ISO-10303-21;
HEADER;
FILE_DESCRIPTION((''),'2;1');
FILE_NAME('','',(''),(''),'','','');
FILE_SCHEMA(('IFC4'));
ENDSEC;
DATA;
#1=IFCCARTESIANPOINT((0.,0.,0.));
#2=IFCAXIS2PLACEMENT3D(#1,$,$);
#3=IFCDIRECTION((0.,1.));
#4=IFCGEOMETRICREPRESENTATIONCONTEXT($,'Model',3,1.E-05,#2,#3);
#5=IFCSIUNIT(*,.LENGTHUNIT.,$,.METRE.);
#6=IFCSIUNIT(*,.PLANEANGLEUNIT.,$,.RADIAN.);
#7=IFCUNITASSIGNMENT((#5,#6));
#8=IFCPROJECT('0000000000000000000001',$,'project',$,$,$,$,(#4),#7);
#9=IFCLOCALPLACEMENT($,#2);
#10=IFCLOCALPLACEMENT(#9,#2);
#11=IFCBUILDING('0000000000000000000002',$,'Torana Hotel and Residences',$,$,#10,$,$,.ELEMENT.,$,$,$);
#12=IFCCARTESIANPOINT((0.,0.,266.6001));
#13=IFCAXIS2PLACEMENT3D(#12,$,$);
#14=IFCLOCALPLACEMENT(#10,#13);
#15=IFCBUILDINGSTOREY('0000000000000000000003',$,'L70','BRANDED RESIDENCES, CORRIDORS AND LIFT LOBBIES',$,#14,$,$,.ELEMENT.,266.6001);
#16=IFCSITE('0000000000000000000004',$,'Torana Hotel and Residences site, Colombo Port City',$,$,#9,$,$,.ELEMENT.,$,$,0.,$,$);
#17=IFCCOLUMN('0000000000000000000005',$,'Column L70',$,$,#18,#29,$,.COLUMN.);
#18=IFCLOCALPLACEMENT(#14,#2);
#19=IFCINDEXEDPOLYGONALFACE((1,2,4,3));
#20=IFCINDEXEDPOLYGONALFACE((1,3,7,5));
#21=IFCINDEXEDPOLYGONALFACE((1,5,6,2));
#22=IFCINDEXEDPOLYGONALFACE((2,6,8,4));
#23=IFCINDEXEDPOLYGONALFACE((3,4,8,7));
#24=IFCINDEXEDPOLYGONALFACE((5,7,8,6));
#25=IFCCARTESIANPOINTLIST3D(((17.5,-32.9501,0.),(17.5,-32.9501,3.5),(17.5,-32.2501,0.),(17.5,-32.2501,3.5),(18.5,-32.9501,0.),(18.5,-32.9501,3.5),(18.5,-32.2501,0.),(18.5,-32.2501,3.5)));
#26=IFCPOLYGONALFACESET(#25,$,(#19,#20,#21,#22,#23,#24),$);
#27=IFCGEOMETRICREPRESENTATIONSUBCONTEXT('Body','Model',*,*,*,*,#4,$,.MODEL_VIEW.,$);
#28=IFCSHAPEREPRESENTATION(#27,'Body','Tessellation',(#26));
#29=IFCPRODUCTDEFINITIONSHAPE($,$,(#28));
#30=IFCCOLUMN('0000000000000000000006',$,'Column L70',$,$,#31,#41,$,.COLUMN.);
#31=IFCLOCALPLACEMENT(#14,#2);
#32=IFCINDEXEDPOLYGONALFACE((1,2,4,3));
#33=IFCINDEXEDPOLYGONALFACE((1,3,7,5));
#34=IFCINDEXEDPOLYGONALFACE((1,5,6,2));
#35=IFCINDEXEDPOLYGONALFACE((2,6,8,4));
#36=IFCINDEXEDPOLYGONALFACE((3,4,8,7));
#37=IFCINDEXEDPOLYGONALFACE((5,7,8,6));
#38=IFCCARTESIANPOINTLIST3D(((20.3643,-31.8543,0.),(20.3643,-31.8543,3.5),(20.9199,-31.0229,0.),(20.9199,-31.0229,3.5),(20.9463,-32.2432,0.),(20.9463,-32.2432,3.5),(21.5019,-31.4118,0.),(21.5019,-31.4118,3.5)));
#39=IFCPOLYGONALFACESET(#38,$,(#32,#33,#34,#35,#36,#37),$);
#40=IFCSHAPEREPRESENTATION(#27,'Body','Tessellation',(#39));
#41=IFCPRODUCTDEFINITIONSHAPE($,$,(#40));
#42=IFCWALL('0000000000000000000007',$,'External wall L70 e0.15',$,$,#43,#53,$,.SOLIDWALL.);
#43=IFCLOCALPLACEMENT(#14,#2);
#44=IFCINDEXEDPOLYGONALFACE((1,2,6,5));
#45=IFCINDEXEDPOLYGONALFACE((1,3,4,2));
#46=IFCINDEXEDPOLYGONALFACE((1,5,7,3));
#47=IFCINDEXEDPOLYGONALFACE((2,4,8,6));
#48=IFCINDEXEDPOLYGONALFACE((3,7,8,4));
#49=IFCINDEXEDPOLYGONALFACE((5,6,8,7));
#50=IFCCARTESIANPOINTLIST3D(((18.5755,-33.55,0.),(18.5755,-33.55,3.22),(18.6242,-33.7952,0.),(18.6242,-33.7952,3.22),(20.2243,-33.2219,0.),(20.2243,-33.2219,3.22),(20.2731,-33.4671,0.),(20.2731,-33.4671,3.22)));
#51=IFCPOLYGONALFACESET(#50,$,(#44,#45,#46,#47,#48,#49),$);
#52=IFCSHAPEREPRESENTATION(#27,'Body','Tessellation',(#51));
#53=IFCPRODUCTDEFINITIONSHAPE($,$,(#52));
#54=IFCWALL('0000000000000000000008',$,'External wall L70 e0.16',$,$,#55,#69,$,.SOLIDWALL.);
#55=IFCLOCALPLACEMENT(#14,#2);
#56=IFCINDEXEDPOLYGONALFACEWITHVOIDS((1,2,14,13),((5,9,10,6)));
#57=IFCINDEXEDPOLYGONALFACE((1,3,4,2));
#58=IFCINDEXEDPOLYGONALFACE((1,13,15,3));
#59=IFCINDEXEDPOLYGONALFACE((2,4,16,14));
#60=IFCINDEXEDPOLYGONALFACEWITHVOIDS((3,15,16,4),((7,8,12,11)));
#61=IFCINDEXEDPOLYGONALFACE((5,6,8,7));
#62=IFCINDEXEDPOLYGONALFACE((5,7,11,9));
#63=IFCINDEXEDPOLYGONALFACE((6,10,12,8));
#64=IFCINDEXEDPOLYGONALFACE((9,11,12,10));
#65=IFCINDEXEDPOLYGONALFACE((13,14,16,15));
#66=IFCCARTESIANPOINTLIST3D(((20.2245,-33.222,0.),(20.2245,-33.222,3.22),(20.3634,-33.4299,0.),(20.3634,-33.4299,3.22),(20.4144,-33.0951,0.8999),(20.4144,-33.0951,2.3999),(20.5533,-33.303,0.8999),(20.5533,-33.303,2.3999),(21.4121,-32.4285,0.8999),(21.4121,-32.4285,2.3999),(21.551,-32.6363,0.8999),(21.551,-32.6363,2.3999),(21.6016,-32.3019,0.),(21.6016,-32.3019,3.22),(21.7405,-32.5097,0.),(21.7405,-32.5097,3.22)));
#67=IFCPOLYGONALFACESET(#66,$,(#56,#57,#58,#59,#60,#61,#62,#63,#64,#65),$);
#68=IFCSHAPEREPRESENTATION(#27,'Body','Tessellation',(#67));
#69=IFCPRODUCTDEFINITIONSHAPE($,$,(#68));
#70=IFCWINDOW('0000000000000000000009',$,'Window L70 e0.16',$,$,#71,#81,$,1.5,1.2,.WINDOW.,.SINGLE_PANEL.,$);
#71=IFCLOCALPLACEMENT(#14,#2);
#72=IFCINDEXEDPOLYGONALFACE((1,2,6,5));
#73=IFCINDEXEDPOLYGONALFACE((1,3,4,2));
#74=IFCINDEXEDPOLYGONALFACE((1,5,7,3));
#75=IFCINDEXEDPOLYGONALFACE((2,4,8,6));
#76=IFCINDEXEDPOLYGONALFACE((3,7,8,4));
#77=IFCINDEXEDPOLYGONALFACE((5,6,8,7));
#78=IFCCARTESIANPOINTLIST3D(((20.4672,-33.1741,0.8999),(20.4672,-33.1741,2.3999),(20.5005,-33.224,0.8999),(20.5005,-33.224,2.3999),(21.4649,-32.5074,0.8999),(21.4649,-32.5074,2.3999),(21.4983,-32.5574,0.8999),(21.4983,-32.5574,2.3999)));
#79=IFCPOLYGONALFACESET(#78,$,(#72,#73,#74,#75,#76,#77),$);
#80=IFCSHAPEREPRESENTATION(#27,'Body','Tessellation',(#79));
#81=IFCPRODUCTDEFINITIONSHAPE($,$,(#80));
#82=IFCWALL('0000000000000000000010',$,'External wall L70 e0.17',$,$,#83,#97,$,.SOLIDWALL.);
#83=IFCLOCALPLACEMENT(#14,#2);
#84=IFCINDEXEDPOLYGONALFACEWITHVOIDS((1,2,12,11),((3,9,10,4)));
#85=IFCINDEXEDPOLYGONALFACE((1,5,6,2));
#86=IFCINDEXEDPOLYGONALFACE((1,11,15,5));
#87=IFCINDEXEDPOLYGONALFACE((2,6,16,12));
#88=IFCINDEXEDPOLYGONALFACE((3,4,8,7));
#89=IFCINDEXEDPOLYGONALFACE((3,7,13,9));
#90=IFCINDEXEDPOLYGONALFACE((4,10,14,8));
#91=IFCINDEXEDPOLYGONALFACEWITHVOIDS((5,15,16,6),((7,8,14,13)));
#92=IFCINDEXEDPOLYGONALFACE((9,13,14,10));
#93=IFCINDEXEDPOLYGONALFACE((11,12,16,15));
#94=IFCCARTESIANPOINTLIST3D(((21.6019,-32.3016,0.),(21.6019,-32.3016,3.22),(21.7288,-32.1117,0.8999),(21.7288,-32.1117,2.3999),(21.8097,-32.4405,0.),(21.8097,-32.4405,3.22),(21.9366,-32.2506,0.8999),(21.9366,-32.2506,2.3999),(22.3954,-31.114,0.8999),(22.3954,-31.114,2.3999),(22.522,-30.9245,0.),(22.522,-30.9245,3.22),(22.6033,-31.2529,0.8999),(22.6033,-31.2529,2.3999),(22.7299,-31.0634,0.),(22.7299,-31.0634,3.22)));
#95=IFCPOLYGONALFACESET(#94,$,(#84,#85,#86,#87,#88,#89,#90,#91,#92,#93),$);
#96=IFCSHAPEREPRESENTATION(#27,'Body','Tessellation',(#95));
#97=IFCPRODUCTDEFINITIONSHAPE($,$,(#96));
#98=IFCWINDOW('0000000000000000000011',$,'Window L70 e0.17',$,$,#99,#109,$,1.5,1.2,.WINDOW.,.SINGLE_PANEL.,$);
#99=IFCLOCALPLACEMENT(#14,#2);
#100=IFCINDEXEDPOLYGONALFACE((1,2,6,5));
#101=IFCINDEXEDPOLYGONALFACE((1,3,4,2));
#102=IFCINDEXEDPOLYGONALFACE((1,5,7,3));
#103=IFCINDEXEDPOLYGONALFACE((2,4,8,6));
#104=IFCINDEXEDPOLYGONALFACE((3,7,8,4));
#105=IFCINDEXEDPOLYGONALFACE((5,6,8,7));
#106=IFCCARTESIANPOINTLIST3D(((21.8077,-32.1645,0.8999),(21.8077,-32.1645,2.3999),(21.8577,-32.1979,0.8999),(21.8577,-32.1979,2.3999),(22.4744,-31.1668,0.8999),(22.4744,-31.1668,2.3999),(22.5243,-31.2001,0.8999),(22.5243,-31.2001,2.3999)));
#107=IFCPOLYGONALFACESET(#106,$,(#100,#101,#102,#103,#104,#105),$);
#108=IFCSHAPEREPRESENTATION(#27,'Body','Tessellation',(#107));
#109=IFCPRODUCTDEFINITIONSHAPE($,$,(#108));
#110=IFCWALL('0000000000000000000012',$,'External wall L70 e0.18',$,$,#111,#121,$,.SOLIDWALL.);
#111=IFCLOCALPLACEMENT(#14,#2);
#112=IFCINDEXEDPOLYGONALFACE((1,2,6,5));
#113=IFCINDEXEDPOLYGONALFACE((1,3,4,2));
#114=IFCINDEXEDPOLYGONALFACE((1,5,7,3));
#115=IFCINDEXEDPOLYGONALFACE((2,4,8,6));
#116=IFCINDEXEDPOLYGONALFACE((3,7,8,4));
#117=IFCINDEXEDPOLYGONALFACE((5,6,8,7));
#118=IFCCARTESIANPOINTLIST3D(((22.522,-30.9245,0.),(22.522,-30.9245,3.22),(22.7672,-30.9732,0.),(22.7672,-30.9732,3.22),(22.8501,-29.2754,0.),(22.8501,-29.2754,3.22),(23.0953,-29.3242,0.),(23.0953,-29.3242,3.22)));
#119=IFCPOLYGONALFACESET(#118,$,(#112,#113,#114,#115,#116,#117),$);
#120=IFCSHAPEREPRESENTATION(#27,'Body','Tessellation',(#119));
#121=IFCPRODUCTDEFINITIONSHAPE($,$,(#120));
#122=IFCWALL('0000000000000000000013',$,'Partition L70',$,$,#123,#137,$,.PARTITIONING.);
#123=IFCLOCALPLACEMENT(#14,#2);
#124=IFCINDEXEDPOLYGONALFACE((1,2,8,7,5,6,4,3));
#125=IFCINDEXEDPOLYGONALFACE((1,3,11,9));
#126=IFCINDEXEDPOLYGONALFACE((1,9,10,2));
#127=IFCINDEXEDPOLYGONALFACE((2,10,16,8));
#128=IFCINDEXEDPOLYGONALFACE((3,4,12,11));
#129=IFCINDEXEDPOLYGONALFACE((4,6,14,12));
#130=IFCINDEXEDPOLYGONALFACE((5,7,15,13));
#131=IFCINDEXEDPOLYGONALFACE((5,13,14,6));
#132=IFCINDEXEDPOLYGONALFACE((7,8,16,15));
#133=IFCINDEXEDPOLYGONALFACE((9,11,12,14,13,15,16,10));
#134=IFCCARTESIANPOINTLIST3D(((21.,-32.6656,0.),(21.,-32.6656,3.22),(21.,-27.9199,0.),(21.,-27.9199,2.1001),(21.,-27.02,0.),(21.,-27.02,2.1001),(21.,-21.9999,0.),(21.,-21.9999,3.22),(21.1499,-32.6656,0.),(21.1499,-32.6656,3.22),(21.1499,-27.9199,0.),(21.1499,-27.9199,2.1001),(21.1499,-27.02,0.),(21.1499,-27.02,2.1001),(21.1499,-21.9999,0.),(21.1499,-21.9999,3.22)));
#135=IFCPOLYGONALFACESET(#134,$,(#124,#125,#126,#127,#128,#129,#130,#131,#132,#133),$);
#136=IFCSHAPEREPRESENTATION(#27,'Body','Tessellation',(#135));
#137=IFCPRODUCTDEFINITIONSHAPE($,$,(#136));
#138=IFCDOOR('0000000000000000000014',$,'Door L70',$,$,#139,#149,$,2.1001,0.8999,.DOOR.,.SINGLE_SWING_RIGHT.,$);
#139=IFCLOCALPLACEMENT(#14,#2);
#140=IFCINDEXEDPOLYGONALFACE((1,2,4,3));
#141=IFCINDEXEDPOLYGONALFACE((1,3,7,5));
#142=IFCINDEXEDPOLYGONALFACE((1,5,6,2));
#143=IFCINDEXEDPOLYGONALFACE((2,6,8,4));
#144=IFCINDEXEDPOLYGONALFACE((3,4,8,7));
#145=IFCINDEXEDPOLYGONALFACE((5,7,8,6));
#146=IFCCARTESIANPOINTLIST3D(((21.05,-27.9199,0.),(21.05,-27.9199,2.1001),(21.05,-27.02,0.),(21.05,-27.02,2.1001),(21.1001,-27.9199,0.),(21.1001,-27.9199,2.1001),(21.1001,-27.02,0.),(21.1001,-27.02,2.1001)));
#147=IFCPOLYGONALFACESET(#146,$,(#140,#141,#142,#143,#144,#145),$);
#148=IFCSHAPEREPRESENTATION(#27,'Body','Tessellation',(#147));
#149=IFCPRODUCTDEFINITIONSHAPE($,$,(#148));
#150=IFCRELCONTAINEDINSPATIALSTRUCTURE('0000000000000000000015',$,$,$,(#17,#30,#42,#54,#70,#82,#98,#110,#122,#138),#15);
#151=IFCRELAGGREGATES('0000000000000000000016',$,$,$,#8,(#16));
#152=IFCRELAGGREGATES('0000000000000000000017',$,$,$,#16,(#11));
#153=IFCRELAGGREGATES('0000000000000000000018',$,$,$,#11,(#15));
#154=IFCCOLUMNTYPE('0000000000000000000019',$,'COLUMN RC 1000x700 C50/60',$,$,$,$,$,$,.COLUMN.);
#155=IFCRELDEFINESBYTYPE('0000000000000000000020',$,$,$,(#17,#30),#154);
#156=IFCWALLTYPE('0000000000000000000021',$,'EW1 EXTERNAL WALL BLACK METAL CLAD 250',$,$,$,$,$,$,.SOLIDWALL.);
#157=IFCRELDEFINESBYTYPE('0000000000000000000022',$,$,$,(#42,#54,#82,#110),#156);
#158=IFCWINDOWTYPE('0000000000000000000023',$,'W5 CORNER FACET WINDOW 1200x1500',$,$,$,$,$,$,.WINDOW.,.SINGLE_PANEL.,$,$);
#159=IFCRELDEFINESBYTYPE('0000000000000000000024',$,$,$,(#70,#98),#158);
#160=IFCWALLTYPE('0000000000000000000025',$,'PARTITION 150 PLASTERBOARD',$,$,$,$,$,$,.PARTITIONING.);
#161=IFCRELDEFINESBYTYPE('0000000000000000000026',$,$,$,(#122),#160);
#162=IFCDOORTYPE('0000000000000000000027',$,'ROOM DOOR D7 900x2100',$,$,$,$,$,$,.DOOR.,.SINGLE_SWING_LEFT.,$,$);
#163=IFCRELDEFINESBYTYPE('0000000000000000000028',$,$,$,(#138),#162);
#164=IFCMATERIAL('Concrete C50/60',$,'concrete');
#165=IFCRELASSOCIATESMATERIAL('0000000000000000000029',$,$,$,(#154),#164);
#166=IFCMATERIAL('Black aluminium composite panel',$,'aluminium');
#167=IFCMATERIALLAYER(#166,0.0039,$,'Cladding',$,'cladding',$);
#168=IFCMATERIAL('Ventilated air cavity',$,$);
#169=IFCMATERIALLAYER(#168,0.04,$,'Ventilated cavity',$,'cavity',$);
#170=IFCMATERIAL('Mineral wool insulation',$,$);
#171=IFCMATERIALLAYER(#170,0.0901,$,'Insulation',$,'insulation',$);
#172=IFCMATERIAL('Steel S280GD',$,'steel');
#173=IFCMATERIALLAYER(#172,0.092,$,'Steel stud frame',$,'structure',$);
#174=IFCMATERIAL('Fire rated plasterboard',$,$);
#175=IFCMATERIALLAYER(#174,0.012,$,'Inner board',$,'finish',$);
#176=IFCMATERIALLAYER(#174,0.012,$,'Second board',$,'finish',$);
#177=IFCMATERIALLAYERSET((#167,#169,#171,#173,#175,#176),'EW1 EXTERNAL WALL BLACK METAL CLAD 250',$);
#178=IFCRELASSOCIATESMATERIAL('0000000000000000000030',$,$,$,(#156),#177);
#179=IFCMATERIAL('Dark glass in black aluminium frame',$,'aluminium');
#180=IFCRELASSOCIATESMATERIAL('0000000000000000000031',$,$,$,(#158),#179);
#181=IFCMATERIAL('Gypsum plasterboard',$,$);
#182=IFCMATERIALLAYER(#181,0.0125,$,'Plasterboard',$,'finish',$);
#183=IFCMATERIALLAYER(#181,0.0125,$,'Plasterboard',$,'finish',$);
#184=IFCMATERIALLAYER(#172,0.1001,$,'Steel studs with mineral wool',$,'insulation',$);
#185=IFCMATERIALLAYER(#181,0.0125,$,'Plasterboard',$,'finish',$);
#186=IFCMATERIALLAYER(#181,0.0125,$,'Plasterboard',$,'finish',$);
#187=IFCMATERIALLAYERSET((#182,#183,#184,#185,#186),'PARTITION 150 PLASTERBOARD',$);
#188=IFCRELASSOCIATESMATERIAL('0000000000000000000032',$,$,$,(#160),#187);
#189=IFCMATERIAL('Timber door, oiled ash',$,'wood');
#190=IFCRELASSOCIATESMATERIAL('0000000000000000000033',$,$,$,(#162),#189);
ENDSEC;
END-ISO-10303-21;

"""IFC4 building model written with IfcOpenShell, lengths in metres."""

from ifc_helpers import new_model, si_unit, direction, frame, frame_2d, origin, origin_2d, place, context, subcontext, project, spatial, rectangle, extrude, material, layer, layer_set, material_profile, profile_set, type_object, element, fill, save


model = new_model("IFC4")

# Units and contexts
model_context = context("Model", 3, precision=1e-05, world=origin(), true_north=direction((0.0, 1.0)))
body_context = subcontext(model_context, "Body", "Model", "MODEL_VIEW")
ifc_project = project(units=[si_unit("LENGTHUNIT", "METRE"), si_unit("PLANEANGLEUNIT", "RADIAN")], contexts=[model_context])

# Site, building, storey
site_placement = place(None, origin())
site = spatial("IfcSite", under=ifc_project, at=site_placement, Name="Torana Hotel and Residences site, Colombo Port City", CompositionType="ELEMENT", RefElevation=0.0)
building_placement = place(site_placement, origin())
building = spatial("IfcBuilding", under=site, at=building_placement, Name="Torana Hotel and Residences", CompositionType="ELEMENT")
storey_placement = place(building_placement, frame((0.0, 0.0, 266.6001)))
storey = spatial("IfcBuildingStorey", under=building, at=storey_placement, Name="L70", Description="BRANDED RESIDENCES, CORRIDORS AND LIFT LOBBIES", CompositionType="ELEMENT", Elevation=266.6001)

# Columns
ifc_material_1 = material(Name="Concrete C50/60", Category="concrete")
ifc_material_profile = material_profile(ifc_material_1, rectangle(XDim=1.0, YDim=0.7, at=origin_2d()), Name="RC 1000x700")
ifc_profile_set = profile_set([ifc_material_profile], Name="Concrete C50/60")
column_type = type_object("IfcColumnType", Name="COLUMN RC 1000x700 C50/60", PredefinedType="COLUMN", material=ifc_profile_set)
for number, where, z_axis, x_axis, name in (
    (1, (18.0, -32.6001, 0.0), (0.0, 0.0, 1.0), (1.0, 0.0, 0.0), "Column L70"),
    (2, (20.9331, -31.6331, 0.0), (0.0, 0.0, 1.0), (0.555585, 0.83146, 0.0), "Column L70"),
):
    element("IfcColumn", number, at=place(storey_placement, frame(where, z_axis=z_axis, x_axis=x_axis)), inside=storey, type_object=column_type, Name=name, PredefinedType="COLUMN", context=body_context, shape_type="SweptSolid", body=[
        extrude(rectangle(XDim=1.0, YDim=0.7, at=origin_2d()), origin(), (0.0, 0.0, 1.0), 3.5),
    ])

# Wall
ifc_material_2 = material(Name="Black aluminium composite panel", Category="aluminium")
ifc_layer_1 = layer(ifc_material_2, 0.0039, Name="Cladding", Category="cladding")
ifc_material_3 = material(Name="Ventilated air cavity")
ifc_layer_2 = layer(ifc_material_3, 0.04, Name="Ventilated cavity", Category="cavity")
ifc_material_4 = material(Name="Mineral wool insulation")
ifc_layer_3 = layer(ifc_material_4, 0.0901, Name="Insulation", Category="insulation")
ifc_material_5 = material(Name="Steel S280GD", Category="steel")
ifc_layer_4 = layer(ifc_material_5, 0.092, Name="Steel stud frame", Category="structure")
ifc_material_6 = material(Name="Fire rated plasterboard")
ifc_layer_5 = layer(ifc_material_6, 0.012, Name="Inner board", Category="finish")
ifc_layer_6 = layer(ifc_material_6, 0.012, Name="Second board", Category="finish")
ifc_layer_set_1 = layer_set([ifc_layer_1, ifc_layer_2, ifc_layer_3, ifc_layer_4, ifc_layer_5, ifc_layer_6], Name="EW1 EXTERNAL WALL BLACK METAL CLAD 250")
wall_type_1 = type_object("IfcWallType", Name="EW1 EXTERNAL WALL BLACK METAL CLAD 250", PredefinedType="SOLIDWALL", material=ifc_layer_set_1)
wall_1_placement = place(storey_placement, frame((18.5999, -33.6726, 0.0), z_axis=(0.0, 0.0, 1.0), x_axis=(0.98077, 0.195167, 0.0)))
element("IfcWall", 3, at=wall_1_placement, inside=storey, type_object=wall_type_1, Name="External wall L70 e0.15", PredefinedType="SOLIDWALL", context=body_context, shape_type="SweptSolid", body=[
    extrude(rectangle(XDim=1.6812, YDim=0.25, at=frame_2d((0.8406, 0.0))), origin(), (0.0, 0.0, 1.0), 3.22),
])

# Walls, openings, windows
wall_2_placement = place(storey_placement, frame((20.2939, -33.3259, 0.0), z_axis=(0.0, 0.0, 1.0), x_axis=(0.831483, 0.55555, 0.0)))
wall_2 = element("IfcWall", 4, at=wall_2_placement, inside=storey, type_object=wall_type_1, Name="External wall L70 e0.16", PredefinedType="SOLIDWALL", context=body_context, shape_type="SweptSolid", body=[
    extrude(rectangle(XDim=1.6562, YDim=0.25, at=frame_2d((0.8281, 0.0))), origin(), (0.0, 0.0, 1.0), 3.22),
])
opening_1_placement = place(wall_2_placement, frame((0.2283, 0.0, 0.8999)))
opening_1 = element("IfcOpeningElement", 5, at=opening_1_placement, cuts=wall_2, PredefinedType="OPENING", context=body_context, shape_type="SweptSolid", body=[
    extrude(rectangle(XDim=1.2, YDim=1.5, at=frame_2d((0.6001, 0.75))), frame((0.0, 0.135, 0.0), z_axis=(0.0, -1.0, 0.0), x_axis=(1.0, 0.0, 0.0)), (0.0, 0.0, 1.0), 0.27),
])
ifc_material_7 = material(Name="Dark glass in black aluminium frame", Category="aluminium")
window_type_1 = type_object("IfcWindowType", Name="W5 CORNER FACET WINDOW 1200x1500", PartitioningType="SINGLE_PANEL", PredefinedType="WINDOW", material=ifc_material_7)
window_1_placement = place(opening_1_placement, origin())
window_1 = element("IfcWindow", 6, at=window_1_placement, inside=storey, type_object=window_type_1, Name="Window L70 e0.16", OverallHeight=1.5, OverallWidth=1.2, PartitioningType="SINGLE_PANEL", PredefinedType="WINDOW", context=body_context, shape_type="SweptSolid", body=[
    extrude(rectangle(XDim=1.2, YDim=1.5, at=frame_2d((0.6001, 0.75))), frame((0.0, 0.03, 0.0), z_axis=(0.0, -1.0, 0.0), x_axis=(1.0, 0.0, 0.0)), (0.0, 0.0, 1.0), 0.0601),
])
fill(opening_1, window_1)
wall_3_placement = place(storey_placement, frame((21.7058, -32.3711, 0.0), z_axis=(0.0, 0.0, 1.0), x_axis=(0.55555, 0.831483, 0.0)))
wall_3 = element("IfcWall", 7, at=wall_3_placement, inside=storey, type_object=wall_type_1, Name="External wall L70 e0.17", PredefinedType="SOLIDWALL", context=body_context, shape_type="SweptSolid", body=[
    extrude(rectangle(XDim=1.6562, YDim=0.25, at=frame_2d((0.8281, 0.0))), origin(), (0.0, 0.0, 1.0), 3.22),
])
opening_2_placement = place(wall_3_placement, frame((0.2283, 0.0, 0.8999)))
opening_2 = element("IfcOpeningElement", 8, at=opening_2_placement, cuts=wall_3, PredefinedType="OPENING", context=body_context, shape_type="SweptSolid", body=[
    extrude(rectangle(XDim=1.2, YDim=1.5, at=frame_2d((0.6001, 0.75))), frame((0.0, 0.135, 0.0), z_axis=(0.0, -1.0, 0.0), x_axis=(1.0, 0.0, 0.0)), (0.0, 0.0, 1.0), 0.27),
])
window_2_placement = place(opening_2_placement, origin())
window_2 = element("IfcWindow", 9, at=window_2_placement, inside=storey, type_object=window_type_1, Name="Window L70 e0.17", OverallHeight=1.5, OverallWidth=1.2, PartitioningType="SINGLE_PANEL", PredefinedType="WINDOW", context=body_context, shape_type="SweptSolid", body=[
    extrude(rectangle(XDim=1.2, YDim=1.5, at=frame_2d((0.6001, 0.75))), frame((0.0, 0.03, 0.0), z_axis=(0.0, -1.0, 0.0), x_axis=(1.0, 0.0, 0.0)), (0.0, 0.0, 1.0), 0.0601),
])
fill(opening_2, window_2)

# Wall
wall_4_placement = place(storey_placement, frame((22.6445, -30.949, 0.0), z_axis=(0.0, 0.0, 1.0), x_axis=(0.195139, 0.980776, 0.0)))
element("IfcWall", 10, at=wall_4_placement, inside=storey, type_object=wall_type_1, Name="External wall L70 e0.18", PredefinedType="SOLIDWALL", context=body_context, shape_type="SweptSolid", body=[
    extrude(rectangle(XDim=1.6814, YDim=0.25, at=frame_2d((0.8408, 0.0))), origin(), (0.0, 0.0, 1.0), 3.22),
])

# Wall, opening, door
ifc_material_8 = material(Name="Gypsum plasterboard")
ifc_layer_7 = layer(ifc_material_8, 0.0125, Name="Plasterboard", Category="finish")
ifc_layer_8 = layer(ifc_material_8, 0.0125, Name="Plasterboard", Category="finish")
ifc_layer_9 = layer(ifc_material_5, 0.1001, Name="Steel studs with mineral wool", Category="insulation")
ifc_layer_10 = layer(ifc_material_8, 0.0125, Name="Plasterboard", Category="finish")
ifc_layer_11 = layer(ifc_material_8, 0.0125, Name="Plasterboard", Category="finish")
ifc_layer_set_2 = layer_set([ifc_layer_7, ifc_layer_8, ifc_layer_9, ifc_layer_10, ifc_layer_11], Name="PARTITION 150 PLASTERBOARD")
wall_type_2 = type_object("IfcWallType", Name="PARTITION 150 PLASTERBOARD", PredefinedType="PARTITIONING", material=ifc_layer_set_2)
wall_5_placement = place(storey_placement, frame((21.075, -32.6658, 0.0), z_axis=(0.0, 0.0, 1.0), x_axis=(0.0, 1.0, 0.0)))
wall_5 = element("IfcWall", 11, at=wall_5_placement, inside=storey, type_object=wall_type_2, Name="Partition L70", PredefinedType="PARTITIONING", context=body_context, shape_type="SweptSolid", body=[
    extrude(rectangle(XDim=10.6658, YDim=0.1499, at=frame_2d((5.333, 0.0))), origin(), (0.0, 0.0, 1.0), 3.22),
])
opening_3_placement = place(wall_5_placement, frame((4.7458, 0.0, 0.0)))
opening_3 = element("IfcOpeningElement", 12, at=opening_3_placement, cuts=wall_5, PredefinedType="OPENING", context=body_context, shape_type="SweptSolid", body=[
    extrude(rectangle(XDim=0.8999, YDim=2.1001, at=frame_2d((0.45, 1.05))), frame((0.0, 0.085, 0.0), z_axis=(0.0, -1.0, 0.0), x_axis=(1.0, 0.0, 0.0)), (0.0, 0.0, 1.0), 0.1699),
])
ifc_material_9 = material(Name="Timber door, oiled ash", Category="wood")
door_type_1 = type_object("IfcDoorType", Name="ROOM DOOR D7 900x2100", OperationType="SINGLE_SWING_LEFT", PredefinedType="DOOR", material=ifc_material_9)
door_1_placement = place(opening_3_placement, origin())
door_1 = element("IfcDoor", 13, at=door_1_placement, inside=storey, type_object=door_type_1, Name="Door L70", OperationType="SINGLE_SWING_RIGHT", OverallHeight=2.1001, OverallWidth=0.8999, PredefinedType="DOOR", context=body_context, shape_type="SweptSolid", body=[
    extrude(rectangle(XDim=0.8999, YDim=2.1001, at=frame_2d((0.45, 1.05))), frame((0.0, 0.0249, 0.0), z_axis=(0.0, -1.0, 0.0), x_axis=(1.0, 0.0, 0.0)), (0.0, 0.0, 1.0), 0.05),
])
fill(opening_3, door_1)

save(model, "model.ifc")
